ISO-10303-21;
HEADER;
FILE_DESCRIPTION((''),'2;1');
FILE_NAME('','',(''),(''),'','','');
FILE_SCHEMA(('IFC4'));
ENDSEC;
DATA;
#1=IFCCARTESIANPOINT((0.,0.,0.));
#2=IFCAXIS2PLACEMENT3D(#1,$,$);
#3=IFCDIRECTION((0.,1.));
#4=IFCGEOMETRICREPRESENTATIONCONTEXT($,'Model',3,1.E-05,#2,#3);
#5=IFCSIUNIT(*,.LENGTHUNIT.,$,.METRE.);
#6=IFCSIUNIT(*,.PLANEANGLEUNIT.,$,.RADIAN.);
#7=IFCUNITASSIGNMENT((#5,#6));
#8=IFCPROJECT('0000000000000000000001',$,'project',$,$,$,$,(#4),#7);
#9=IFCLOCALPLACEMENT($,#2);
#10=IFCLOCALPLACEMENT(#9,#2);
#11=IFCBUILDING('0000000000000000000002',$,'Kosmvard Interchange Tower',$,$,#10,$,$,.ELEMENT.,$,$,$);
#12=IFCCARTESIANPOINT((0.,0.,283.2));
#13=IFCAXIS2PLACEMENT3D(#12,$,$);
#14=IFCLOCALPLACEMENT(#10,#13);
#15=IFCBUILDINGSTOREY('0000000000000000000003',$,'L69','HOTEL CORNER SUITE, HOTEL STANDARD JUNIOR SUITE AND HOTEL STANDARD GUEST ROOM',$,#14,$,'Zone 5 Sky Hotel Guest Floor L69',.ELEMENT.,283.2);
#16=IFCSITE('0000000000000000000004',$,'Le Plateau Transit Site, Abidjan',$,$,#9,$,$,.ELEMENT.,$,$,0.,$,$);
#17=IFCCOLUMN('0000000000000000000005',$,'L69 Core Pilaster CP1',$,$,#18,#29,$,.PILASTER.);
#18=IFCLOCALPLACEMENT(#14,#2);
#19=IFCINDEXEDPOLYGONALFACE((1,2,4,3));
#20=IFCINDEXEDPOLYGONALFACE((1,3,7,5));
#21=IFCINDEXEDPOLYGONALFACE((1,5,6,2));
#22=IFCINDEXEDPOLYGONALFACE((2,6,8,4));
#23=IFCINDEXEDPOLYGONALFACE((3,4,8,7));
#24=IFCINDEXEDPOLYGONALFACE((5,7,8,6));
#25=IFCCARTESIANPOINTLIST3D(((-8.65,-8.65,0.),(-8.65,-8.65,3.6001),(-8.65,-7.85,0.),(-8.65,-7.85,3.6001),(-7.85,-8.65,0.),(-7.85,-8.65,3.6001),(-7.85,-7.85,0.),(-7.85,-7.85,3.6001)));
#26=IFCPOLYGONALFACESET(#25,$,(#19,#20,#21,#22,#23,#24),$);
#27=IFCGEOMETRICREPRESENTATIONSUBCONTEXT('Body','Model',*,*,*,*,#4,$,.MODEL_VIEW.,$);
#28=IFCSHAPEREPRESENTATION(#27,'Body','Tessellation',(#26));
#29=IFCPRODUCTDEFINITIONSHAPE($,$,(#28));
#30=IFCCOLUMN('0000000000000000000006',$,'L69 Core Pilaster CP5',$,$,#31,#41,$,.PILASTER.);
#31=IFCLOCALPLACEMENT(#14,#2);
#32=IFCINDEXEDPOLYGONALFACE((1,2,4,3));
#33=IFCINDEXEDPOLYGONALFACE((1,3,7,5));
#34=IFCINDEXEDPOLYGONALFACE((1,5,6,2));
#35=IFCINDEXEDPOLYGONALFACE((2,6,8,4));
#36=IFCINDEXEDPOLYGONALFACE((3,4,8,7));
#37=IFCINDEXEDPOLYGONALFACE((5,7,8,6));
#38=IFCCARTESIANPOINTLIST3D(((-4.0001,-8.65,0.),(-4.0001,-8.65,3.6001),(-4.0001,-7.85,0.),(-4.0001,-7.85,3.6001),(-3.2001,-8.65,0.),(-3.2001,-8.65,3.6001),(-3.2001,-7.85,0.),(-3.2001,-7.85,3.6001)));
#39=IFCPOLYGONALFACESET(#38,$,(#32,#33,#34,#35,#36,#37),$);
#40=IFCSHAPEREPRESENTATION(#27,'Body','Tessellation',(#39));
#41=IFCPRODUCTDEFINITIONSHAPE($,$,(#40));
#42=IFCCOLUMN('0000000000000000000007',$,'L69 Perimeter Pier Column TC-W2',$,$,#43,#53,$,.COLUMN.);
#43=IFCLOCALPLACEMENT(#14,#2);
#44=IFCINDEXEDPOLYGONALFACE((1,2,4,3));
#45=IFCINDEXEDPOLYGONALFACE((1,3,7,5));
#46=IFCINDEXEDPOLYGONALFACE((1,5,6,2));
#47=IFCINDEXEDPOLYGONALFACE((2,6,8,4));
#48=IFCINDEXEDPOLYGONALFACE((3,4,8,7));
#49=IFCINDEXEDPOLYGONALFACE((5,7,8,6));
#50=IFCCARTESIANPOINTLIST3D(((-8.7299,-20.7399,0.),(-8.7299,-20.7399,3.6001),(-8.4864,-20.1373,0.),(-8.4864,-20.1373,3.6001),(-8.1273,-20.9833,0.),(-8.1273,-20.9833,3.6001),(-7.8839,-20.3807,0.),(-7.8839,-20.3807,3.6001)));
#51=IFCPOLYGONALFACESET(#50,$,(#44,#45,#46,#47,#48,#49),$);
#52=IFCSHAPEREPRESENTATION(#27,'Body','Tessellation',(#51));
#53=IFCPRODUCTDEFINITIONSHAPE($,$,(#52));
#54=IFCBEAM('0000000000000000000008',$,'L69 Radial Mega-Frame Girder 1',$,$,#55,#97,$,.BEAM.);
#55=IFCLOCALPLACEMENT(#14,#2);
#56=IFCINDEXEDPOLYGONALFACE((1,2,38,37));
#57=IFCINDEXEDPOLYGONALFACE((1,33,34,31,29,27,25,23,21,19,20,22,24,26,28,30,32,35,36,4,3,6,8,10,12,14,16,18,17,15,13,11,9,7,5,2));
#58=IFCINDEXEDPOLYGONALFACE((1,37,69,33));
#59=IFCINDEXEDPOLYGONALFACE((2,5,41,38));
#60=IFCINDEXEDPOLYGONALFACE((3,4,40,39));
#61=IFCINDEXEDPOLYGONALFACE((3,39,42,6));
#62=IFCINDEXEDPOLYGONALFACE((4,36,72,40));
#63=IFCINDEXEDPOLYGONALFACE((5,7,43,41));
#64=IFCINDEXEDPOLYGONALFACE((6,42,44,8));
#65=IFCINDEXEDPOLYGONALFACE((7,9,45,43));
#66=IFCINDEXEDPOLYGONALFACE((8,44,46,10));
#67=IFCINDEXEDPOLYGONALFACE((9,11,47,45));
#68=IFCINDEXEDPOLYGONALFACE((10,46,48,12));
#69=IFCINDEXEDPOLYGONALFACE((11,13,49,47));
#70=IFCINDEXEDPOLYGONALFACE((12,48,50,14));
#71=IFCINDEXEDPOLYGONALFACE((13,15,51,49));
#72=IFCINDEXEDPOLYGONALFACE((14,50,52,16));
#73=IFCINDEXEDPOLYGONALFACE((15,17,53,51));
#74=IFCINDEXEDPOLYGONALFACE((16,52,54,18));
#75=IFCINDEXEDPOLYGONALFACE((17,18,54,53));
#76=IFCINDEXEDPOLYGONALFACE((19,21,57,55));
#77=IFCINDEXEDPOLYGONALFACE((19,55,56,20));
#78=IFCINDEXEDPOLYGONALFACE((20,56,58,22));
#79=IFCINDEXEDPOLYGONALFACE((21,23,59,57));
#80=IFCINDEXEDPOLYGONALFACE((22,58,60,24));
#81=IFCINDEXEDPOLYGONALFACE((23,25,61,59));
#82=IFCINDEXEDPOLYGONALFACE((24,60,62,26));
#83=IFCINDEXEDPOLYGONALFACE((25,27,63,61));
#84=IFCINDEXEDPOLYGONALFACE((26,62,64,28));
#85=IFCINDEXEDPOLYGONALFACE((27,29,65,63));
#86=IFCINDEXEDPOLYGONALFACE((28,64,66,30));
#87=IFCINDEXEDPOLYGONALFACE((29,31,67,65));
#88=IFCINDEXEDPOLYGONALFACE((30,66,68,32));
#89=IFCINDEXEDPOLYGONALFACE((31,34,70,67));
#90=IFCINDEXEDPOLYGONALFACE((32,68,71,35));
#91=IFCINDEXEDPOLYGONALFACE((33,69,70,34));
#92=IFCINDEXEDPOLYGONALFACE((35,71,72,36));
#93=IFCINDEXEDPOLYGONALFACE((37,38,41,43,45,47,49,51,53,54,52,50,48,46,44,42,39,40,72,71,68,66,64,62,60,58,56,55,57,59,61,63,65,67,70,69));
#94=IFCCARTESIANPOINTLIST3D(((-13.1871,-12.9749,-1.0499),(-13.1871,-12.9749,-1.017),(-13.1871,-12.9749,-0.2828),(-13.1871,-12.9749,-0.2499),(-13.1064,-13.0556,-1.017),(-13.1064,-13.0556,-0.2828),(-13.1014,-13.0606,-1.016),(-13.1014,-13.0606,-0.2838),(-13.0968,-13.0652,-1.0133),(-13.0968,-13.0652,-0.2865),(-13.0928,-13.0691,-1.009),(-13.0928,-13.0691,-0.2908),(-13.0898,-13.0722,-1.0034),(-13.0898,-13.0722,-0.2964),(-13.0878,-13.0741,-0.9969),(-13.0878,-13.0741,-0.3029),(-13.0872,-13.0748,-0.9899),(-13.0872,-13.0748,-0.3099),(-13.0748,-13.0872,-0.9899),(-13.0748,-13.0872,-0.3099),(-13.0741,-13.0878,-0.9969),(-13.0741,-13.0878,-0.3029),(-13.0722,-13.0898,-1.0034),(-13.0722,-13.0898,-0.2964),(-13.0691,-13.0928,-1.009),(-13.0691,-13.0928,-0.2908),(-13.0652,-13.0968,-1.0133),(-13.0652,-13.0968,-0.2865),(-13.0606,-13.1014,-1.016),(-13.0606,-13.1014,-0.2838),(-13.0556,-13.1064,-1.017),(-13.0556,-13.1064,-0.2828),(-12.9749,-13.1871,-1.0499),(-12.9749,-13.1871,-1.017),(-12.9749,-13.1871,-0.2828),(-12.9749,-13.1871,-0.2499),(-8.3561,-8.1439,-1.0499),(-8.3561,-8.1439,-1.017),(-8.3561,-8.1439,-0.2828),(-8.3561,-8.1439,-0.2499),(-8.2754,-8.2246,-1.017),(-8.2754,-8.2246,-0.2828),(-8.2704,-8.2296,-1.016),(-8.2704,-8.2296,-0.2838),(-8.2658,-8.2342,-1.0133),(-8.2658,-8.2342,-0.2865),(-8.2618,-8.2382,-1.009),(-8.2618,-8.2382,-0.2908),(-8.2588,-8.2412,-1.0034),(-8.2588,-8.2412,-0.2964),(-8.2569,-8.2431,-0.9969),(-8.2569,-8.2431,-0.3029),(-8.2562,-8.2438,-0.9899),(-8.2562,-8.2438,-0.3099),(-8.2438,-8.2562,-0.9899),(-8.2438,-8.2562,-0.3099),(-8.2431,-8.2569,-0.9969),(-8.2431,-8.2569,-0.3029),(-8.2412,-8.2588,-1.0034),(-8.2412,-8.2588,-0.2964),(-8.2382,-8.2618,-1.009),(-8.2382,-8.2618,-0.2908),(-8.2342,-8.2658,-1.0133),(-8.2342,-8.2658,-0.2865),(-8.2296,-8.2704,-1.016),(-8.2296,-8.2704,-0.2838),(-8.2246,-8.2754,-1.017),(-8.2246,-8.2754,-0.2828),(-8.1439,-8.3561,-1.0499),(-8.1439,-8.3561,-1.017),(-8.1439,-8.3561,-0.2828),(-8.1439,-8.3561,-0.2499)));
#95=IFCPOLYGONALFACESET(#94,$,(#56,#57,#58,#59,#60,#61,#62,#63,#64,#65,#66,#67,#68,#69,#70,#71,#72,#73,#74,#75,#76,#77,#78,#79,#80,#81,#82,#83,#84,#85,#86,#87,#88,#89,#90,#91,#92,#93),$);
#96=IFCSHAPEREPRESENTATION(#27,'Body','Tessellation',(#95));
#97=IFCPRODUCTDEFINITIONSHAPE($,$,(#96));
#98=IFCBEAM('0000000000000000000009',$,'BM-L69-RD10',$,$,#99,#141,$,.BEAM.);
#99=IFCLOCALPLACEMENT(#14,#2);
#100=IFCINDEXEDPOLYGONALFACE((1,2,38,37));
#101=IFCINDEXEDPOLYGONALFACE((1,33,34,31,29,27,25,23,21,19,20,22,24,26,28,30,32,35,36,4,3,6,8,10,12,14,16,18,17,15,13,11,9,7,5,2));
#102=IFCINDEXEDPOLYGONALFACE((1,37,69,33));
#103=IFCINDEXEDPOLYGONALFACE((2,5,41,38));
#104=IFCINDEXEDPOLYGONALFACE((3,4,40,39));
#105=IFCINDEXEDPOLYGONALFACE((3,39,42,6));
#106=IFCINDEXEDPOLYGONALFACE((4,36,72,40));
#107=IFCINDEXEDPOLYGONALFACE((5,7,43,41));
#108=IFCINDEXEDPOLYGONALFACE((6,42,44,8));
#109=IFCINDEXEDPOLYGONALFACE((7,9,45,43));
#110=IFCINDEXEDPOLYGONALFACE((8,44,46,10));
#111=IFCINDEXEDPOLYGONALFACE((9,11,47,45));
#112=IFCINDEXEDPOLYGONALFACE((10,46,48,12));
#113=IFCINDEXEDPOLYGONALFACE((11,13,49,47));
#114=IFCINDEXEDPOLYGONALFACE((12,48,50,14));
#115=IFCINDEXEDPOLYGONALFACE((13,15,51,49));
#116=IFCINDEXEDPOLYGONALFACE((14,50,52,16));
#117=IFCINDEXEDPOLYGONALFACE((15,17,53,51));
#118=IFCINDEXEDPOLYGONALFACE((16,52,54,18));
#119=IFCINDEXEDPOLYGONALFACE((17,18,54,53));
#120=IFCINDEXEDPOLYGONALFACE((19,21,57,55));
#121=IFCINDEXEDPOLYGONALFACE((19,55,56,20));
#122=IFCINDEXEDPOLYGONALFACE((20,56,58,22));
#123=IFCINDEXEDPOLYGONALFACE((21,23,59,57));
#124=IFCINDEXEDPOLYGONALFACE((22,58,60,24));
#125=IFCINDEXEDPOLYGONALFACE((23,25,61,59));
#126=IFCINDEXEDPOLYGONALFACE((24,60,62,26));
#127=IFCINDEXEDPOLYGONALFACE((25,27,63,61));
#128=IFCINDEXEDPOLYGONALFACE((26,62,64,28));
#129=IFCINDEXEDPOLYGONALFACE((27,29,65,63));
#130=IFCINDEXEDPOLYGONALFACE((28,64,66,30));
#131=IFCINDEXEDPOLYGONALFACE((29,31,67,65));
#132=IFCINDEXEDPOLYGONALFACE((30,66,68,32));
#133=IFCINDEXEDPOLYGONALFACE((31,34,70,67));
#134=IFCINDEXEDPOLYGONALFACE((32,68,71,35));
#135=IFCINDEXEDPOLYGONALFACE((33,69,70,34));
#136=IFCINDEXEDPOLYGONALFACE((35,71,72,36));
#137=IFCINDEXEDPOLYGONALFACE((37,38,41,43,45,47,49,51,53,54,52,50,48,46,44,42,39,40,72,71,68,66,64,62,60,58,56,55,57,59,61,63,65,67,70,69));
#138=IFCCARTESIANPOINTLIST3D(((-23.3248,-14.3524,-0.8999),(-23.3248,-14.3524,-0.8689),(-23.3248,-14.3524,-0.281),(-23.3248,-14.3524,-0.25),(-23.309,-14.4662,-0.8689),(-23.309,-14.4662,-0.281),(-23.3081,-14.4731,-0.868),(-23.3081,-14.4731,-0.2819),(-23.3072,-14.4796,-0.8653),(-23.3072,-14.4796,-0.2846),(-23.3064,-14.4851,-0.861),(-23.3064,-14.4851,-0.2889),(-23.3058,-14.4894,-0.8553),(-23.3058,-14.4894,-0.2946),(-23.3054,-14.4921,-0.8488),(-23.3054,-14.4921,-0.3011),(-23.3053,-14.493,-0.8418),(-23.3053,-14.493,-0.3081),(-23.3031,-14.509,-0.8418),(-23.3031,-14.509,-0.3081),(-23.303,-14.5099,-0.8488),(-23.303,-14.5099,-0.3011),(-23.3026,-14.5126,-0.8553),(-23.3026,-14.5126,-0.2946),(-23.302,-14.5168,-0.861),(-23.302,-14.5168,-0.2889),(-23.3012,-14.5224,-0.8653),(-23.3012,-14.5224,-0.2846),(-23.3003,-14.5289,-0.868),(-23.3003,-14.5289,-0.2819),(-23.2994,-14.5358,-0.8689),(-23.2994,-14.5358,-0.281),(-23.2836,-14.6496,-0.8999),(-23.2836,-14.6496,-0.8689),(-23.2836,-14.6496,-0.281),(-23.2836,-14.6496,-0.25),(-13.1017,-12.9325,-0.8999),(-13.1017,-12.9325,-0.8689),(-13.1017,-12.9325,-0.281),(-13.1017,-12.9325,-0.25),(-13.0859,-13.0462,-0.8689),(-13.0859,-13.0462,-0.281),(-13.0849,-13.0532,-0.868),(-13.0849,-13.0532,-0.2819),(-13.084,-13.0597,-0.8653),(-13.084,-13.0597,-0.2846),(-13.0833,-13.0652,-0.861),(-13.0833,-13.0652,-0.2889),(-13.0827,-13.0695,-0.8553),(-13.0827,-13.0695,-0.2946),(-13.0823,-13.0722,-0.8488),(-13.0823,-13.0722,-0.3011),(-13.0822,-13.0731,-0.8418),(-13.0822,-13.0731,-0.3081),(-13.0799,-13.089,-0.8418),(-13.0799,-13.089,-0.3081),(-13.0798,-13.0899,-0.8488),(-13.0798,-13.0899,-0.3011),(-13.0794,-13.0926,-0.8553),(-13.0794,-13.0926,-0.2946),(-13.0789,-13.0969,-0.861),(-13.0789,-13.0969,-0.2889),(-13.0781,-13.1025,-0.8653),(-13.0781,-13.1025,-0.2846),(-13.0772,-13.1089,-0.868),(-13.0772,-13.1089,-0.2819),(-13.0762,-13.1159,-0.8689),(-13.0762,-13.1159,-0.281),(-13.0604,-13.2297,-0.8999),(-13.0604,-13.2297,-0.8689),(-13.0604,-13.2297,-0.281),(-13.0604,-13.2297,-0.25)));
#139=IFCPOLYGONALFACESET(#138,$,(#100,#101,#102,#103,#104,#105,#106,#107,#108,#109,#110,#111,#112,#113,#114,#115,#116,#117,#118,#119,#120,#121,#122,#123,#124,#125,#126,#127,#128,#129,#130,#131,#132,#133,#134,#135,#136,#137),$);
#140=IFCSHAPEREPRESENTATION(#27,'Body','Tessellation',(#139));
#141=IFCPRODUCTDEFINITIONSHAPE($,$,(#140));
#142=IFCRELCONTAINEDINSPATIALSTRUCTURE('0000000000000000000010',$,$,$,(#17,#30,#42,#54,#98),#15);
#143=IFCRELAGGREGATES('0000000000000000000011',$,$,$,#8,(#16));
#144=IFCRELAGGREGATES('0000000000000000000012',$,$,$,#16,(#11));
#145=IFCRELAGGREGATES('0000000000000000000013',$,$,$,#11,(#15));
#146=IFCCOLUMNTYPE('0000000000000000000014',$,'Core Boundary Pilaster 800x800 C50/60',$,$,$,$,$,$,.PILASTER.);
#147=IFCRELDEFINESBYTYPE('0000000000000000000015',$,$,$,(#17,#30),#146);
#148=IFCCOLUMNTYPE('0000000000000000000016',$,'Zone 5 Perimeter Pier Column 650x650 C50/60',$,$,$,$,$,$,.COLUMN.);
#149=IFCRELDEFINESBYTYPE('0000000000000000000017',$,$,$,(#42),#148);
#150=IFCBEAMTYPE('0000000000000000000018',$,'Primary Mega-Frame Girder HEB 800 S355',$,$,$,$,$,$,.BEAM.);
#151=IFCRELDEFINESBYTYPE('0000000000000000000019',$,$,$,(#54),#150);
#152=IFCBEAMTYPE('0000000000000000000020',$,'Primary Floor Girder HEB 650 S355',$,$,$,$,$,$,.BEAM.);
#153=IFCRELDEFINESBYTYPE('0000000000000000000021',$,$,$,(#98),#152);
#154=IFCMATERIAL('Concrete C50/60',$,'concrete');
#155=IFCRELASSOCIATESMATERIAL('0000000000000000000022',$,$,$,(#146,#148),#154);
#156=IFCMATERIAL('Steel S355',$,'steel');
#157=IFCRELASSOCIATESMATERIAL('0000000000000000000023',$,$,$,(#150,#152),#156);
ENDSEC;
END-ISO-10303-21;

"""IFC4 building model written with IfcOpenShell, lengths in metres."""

from ifc_helpers import new_model, si_unit, direction, frame, origin, origin_2d, place, context, subcontext, project, spatial, rectangle, i_section, extrude, source, transform, mapped, material, material_profile, profile_set, type_object, element, save


model = new_model("IFC4")

# Units and contexts
model_context = context("Model", 3, precision=1e-05, world=origin(), true_north=direction((0.0, 1.0)))
body_context = subcontext(model_context, "Body", "Model", "MODEL_VIEW")
ifc_project = project(units=[si_unit("LENGTHUNIT", "METRE"), si_unit("PLANEANGLEUNIT", "RADIAN")], contexts=[model_context])

# Site, building, storey
site_placement = place(None, origin())
site = spatial("IfcSite", under=ifc_project, at=site_placement, Name="Le Plateau Transit Site, Abidjan", CompositionType="ELEMENT", RefElevation=0.0)
building_placement = place(site_placement, origin())
building = spatial("IfcBuilding", under=site, at=building_placement, Name="Kosmvard Interchange Tower", CompositionType="ELEMENT")
storey_placement = place(building_placement, frame((0.0, 0.0, 283.2)))
storey = spatial("IfcBuildingStorey", under=building, at=storey_placement, Name="L69", Description="HOTEL CORNER SUITE, HOTEL STANDARD JUNIOR SUITE AND HOTEL STANDARD GUEST ROOM", LongName="Zone 5 Sky Hotel Guest Floor L69", CompositionType="ELEMENT", Elevation=283.2)

# Columns
ifc_material_1 = material(Name="Concrete C50/60", Category="concrete")
ifc_material_profile_1 = material_profile(ifc_material_1, rectangle(XDim=0.8, YDim=0.8, at=origin_2d()), Name="CP 800x800")
ifc_profile_set_1 = profile_set([ifc_material_profile_1], Name="Concrete C50/60")
column_type_1 = type_object("IfcColumnType", Name="Core Boundary Pilaster 800x800 C50/60", PredefinedType="PILASTER", material=ifc_profile_set_1)
shared_shape_1 = source(origin(), body_context, "Body", "SweptSolid", [
    extrude(rectangle(XDim=0.8, YDim=0.8, at=origin_2d()), origin(), (0.0, 0.0, 1.0), 3.6001),
])
for number, where, z_axis, x_axis, name in (
    (1, (-8.25, -8.25, 0.0), (0.0, 0.0, 1.0), (1.0, 0.0, 0.0), "L69 Core Pilaster CP1"),
    (2, (-3.6001, -8.25, 0.0), (0.0, 0.0, 1.0), (1.0, 0.0, 0.0), "L69 Core Pilaster CP5"),
):
    element("IfcColumn", number, at=place(storey_placement, frame(where, z_axis=z_axis, x_axis=x_axis)), inside=storey, type_object=column_type_1, Name=name, PredefinedType="PILASTER", context=body_context, shape_type="MappedRepresentation", body=[
        mapped(shared_shape_1, transform((0.0, 0.0, 0.0), scale=1.0)),
    ])
ifc_material_profile_2 = material_profile(ifc_material_1, rectangle(XDim=0.6499, YDim=0.6499, at=origin_2d()), Name="TC 650x650")
ifc_profile_set_2 = profile_set([ifc_material_profile_2], Name="Concrete C50/60")
column_type_2 = type_object("IfcColumnType", Name="Zone 5 Perimeter Pier Column 650x650 C50/60", PredefinedType="COLUMN", material=ifc_profile_set_2)
shared_shape_2 = source(origin(), body_context, "Body", "SweptSolid", [
    extrude(rectangle(XDim=0.6499, YDim=0.6499, at=origin_2d()), origin(), (0.0, 0.0, 1.0), 3.6001),
])
column_placement = place(storey_placement, frame((-8.3069, -20.5603, 0.0), z_axis=(0.0, 0.0, 1.0), x_axis=(0.374607, 0.927184, 0.0)))
element("IfcColumn", 3, at=column_placement, inside=storey, type_object=column_type_2, Name="L69 Perimeter Pier Column TC-W2", PredefinedType="COLUMN", context=body_context, shape_type="MappedRepresentation", body=[
    mapped(shared_shape_2, transform((0.0, 0.0, 0.0), scale=1.0)),
])

# Beams
ifc_material_2 = material(Name="Steel S355", Category="steel")
ifc_material_profile_3 = material_profile(ifc_material_2, i_section(OverallWidth=0.3, OverallDepth=0.8, WebThickness=0.0176, FlangeThickness=0.033, FilletRadius=0.0271, at=origin_2d()), Name="HEB 800")
ifc_profile_set_3 = profile_set([ifc_material_profile_3], Name="Steel S355")
beam_type_1 = type_object("IfcBeamType", Name="Primary Mega-Frame Girder HEB 800 S355", PredefinedType="BEAM", material=ifc_profile_set_3)
shared_shape_3 = source(origin(), body_context, "Body", "SweptSolid", [
    extrude(i_section(OverallWidth=0.3, OverallDepth=0.8, WebThickness=0.0176, FlangeThickness=0.033, FilletRadius=0.0271, at=origin_2d()), origin(), (0.0, 0.0, 1.0), 6.832),
])
beam_1_placement = place(storey_placement, frame((-8.25, -8.25, -0.6499), z_axis=(-0.707107, -0.707107, 0.0), x_axis=(0.707107, -0.707107, 0.0)))
element("IfcBeam", 4, at=beam_1_placement, inside=storey, type_object=beam_type_1, Name="L69 Radial Mega-Frame Girder 1", PredefinedType="BEAM", context=body_context, shape_type="MappedRepresentation", body=[
    mapped(shared_shape_3, transform((0.0, 0.0, 0.0), scale=1.0)),
])
ifc_material_profile_4 = material_profile(ifc_material_2, i_section(OverallWidth=0.3, OverallDepth=0.6499, WebThickness=0.0161, FlangeThickness=0.031, FilletRadius=0.0271, at=origin_2d()), Name="HEB 650")
ifc_profile_set_4 = profile_set([ifc_material_profile_4], Name="Steel S355")
beam_type_2 = type_object("IfcBeamType", Name="Primary Floor Girder HEB 650 S355", PredefinedType="BEAM", material=ifc_profile_set_4)
shared_shape_4 = source(origin(), body_context, "Body", "SweptSolid", [
    extrude(i_section(OverallWidth=0.3, OverallDepth=0.6499, WebThickness=0.0161, FlangeThickness=0.031, FilletRadius=0.0271, at=origin_2d()), origin(), (0.0, 0.0, 1.0), 10.3213),
])
beam_2_placement = place(storey_placement, frame((-13.0811, -13.0811, -0.575), z_axis=(-0.990492, -0.137572, 0.0), x_axis=(0.137572, -0.990492, 0.0)))
element("IfcBeam", 5, at=beam_2_placement, inside=storey, type_object=beam_type_2, Name="BM-L69-RD10", PredefinedType="BEAM", context=body_context, shape_type="MappedRepresentation", body=[
    mapped(shared_shape_4, transform((0.0, 0.0, 0.0), scale=1.0)),
])

save(model, "model.ifc")
